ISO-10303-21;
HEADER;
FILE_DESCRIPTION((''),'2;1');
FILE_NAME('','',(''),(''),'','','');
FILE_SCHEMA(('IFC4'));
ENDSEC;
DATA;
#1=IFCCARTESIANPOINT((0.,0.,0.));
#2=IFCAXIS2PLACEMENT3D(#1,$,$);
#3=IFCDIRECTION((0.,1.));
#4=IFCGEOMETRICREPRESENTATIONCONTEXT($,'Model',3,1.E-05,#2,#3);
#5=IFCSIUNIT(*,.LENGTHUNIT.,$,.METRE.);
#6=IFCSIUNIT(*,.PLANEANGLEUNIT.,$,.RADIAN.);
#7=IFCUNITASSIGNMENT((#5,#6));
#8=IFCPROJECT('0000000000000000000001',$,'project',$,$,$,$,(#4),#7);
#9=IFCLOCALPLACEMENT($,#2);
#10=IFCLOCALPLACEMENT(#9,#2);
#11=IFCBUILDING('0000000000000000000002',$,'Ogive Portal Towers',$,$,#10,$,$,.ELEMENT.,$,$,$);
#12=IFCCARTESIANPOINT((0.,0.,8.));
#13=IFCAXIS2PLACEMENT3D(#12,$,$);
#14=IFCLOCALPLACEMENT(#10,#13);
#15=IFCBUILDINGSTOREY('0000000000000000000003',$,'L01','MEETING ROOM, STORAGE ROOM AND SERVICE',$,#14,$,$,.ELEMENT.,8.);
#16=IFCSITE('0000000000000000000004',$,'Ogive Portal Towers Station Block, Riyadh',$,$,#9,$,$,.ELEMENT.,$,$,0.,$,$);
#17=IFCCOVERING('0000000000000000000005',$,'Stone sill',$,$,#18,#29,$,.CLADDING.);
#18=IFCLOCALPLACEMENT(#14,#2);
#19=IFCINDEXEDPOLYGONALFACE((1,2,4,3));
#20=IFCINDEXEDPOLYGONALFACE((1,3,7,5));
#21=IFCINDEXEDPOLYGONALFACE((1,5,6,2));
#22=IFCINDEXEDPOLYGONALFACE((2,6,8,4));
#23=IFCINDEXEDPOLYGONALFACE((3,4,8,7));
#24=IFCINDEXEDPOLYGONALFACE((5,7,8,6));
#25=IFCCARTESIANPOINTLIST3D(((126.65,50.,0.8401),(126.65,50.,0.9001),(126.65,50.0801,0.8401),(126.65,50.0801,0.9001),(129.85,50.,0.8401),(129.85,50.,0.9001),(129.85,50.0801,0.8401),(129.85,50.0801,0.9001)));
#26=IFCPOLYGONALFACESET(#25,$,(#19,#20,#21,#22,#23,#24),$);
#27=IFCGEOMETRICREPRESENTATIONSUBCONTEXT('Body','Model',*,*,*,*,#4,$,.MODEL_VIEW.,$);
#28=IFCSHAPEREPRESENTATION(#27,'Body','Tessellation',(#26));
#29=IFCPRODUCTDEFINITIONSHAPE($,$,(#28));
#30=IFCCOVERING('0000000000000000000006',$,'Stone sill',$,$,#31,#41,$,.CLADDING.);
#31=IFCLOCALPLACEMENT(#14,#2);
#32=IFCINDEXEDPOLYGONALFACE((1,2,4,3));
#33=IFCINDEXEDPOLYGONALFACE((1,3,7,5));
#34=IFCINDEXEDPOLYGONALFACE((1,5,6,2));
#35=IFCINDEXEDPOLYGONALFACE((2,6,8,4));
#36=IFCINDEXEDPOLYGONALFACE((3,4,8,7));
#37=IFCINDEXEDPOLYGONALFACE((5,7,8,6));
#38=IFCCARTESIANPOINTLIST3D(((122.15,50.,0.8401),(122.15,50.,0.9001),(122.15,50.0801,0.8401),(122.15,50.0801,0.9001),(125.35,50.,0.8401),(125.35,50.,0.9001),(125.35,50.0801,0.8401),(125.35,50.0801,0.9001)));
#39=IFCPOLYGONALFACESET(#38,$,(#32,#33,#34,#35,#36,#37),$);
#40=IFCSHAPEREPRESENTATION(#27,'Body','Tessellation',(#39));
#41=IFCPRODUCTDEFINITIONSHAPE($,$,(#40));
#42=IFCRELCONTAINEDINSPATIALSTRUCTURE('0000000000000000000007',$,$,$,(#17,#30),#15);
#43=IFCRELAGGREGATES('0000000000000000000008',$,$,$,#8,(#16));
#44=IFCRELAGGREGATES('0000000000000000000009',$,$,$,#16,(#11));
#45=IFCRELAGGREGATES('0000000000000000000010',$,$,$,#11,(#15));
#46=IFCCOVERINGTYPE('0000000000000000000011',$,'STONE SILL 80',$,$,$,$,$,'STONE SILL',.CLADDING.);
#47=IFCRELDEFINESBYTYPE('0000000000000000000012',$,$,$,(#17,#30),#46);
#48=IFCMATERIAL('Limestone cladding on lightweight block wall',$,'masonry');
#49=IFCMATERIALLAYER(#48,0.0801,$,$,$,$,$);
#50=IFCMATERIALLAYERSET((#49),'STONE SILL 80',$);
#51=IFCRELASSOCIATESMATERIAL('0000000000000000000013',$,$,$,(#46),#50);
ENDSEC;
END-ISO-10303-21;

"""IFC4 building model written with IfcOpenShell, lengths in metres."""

from ifc_helpers import new_model, si_unit, direction, frame, origin, origin_2d, place, context, subcontext, project, spatial, rectangle, extrude, material, layer, layer_set, type_object, element, save


model = new_model("IFC4")

# Units and contexts
model_context = context("Model", 3, precision=1e-05, world=origin(), true_north=direction((0.0, 1.0)))
body_context = subcontext(model_context, "Body", "Model", "MODEL_VIEW")
ifc_project = project(units=[si_unit("LENGTHUNIT", "METRE"), si_unit("PLANEANGLEUNIT", "RADIAN")], contexts=[model_context])

# Site, building, storey
site_placement = place(None, origin())
site = spatial("IfcSite", under=ifc_project, at=site_placement, Name="Ogive Portal Towers Station Block, Riyadh", CompositionType="ELEMENT", RefElevation=0.0)
building_placement = place(site_placement, origin())
building = spatial("IfcBuilding", under=site, at=building_placement, Name="Ogive Portal Towers", CompositionType="ELEMENT")
storey_placement = place(building_placement, frame((0.0, 0.0, 8.0)))
storey = spatial("IfcBuildingStorey", under=building, at=storey_placement, Name="L01", Description="MEETING ROOM, STORAGE ROOM AND SERVICE", CompositionType="ELEMENT", Elevation=8.0)

# Coverings
ifc_material_1 = material(Name="Limestone cladding on lightweight block wall", Category="masonry")
ifc_layer_1 = layer(ifc_material_1, 0.0801)
ifc_layer_set_1 = layer_set([ifc_layer_1], Name="STONE SILL 80")
covering_type_1 = type_object("IfcCoveringType", Name="STONE SILL 80", ElementType="STONE SILL", PredefinedType="CLADDING", material=ifc_layer_set_1)
for number, where, z_axis, x_axis, name in (
    (1, (128.25, 50.04, 0.8401), (0.0, 0.0, 1.0), (-1.0, 0.0, 0.0), "Stone sill"),
    (2, (123.75, 50.04, 0.8401), (0.0, 0.0, 1.0), (-1.0, 0.0, 0.0), "Stone sill"),
):
    element("IfcCovering", number, at=place(storey_placement, frame(where, z_axis=z_axis, x_axis=x_axis)), inside=storey, type_object=covering_type_1, Name=name, PredefinedType="CLADDING", context=body_context, shape_type="SweptSolid", body=[
        extrude(rectangle(XDim=3.2, YDim=0.0801, at=origin_2d()), origin(), (0.0, 0.0, 1.0), 0.0601),
    ])

save(model, "model.ifc")
